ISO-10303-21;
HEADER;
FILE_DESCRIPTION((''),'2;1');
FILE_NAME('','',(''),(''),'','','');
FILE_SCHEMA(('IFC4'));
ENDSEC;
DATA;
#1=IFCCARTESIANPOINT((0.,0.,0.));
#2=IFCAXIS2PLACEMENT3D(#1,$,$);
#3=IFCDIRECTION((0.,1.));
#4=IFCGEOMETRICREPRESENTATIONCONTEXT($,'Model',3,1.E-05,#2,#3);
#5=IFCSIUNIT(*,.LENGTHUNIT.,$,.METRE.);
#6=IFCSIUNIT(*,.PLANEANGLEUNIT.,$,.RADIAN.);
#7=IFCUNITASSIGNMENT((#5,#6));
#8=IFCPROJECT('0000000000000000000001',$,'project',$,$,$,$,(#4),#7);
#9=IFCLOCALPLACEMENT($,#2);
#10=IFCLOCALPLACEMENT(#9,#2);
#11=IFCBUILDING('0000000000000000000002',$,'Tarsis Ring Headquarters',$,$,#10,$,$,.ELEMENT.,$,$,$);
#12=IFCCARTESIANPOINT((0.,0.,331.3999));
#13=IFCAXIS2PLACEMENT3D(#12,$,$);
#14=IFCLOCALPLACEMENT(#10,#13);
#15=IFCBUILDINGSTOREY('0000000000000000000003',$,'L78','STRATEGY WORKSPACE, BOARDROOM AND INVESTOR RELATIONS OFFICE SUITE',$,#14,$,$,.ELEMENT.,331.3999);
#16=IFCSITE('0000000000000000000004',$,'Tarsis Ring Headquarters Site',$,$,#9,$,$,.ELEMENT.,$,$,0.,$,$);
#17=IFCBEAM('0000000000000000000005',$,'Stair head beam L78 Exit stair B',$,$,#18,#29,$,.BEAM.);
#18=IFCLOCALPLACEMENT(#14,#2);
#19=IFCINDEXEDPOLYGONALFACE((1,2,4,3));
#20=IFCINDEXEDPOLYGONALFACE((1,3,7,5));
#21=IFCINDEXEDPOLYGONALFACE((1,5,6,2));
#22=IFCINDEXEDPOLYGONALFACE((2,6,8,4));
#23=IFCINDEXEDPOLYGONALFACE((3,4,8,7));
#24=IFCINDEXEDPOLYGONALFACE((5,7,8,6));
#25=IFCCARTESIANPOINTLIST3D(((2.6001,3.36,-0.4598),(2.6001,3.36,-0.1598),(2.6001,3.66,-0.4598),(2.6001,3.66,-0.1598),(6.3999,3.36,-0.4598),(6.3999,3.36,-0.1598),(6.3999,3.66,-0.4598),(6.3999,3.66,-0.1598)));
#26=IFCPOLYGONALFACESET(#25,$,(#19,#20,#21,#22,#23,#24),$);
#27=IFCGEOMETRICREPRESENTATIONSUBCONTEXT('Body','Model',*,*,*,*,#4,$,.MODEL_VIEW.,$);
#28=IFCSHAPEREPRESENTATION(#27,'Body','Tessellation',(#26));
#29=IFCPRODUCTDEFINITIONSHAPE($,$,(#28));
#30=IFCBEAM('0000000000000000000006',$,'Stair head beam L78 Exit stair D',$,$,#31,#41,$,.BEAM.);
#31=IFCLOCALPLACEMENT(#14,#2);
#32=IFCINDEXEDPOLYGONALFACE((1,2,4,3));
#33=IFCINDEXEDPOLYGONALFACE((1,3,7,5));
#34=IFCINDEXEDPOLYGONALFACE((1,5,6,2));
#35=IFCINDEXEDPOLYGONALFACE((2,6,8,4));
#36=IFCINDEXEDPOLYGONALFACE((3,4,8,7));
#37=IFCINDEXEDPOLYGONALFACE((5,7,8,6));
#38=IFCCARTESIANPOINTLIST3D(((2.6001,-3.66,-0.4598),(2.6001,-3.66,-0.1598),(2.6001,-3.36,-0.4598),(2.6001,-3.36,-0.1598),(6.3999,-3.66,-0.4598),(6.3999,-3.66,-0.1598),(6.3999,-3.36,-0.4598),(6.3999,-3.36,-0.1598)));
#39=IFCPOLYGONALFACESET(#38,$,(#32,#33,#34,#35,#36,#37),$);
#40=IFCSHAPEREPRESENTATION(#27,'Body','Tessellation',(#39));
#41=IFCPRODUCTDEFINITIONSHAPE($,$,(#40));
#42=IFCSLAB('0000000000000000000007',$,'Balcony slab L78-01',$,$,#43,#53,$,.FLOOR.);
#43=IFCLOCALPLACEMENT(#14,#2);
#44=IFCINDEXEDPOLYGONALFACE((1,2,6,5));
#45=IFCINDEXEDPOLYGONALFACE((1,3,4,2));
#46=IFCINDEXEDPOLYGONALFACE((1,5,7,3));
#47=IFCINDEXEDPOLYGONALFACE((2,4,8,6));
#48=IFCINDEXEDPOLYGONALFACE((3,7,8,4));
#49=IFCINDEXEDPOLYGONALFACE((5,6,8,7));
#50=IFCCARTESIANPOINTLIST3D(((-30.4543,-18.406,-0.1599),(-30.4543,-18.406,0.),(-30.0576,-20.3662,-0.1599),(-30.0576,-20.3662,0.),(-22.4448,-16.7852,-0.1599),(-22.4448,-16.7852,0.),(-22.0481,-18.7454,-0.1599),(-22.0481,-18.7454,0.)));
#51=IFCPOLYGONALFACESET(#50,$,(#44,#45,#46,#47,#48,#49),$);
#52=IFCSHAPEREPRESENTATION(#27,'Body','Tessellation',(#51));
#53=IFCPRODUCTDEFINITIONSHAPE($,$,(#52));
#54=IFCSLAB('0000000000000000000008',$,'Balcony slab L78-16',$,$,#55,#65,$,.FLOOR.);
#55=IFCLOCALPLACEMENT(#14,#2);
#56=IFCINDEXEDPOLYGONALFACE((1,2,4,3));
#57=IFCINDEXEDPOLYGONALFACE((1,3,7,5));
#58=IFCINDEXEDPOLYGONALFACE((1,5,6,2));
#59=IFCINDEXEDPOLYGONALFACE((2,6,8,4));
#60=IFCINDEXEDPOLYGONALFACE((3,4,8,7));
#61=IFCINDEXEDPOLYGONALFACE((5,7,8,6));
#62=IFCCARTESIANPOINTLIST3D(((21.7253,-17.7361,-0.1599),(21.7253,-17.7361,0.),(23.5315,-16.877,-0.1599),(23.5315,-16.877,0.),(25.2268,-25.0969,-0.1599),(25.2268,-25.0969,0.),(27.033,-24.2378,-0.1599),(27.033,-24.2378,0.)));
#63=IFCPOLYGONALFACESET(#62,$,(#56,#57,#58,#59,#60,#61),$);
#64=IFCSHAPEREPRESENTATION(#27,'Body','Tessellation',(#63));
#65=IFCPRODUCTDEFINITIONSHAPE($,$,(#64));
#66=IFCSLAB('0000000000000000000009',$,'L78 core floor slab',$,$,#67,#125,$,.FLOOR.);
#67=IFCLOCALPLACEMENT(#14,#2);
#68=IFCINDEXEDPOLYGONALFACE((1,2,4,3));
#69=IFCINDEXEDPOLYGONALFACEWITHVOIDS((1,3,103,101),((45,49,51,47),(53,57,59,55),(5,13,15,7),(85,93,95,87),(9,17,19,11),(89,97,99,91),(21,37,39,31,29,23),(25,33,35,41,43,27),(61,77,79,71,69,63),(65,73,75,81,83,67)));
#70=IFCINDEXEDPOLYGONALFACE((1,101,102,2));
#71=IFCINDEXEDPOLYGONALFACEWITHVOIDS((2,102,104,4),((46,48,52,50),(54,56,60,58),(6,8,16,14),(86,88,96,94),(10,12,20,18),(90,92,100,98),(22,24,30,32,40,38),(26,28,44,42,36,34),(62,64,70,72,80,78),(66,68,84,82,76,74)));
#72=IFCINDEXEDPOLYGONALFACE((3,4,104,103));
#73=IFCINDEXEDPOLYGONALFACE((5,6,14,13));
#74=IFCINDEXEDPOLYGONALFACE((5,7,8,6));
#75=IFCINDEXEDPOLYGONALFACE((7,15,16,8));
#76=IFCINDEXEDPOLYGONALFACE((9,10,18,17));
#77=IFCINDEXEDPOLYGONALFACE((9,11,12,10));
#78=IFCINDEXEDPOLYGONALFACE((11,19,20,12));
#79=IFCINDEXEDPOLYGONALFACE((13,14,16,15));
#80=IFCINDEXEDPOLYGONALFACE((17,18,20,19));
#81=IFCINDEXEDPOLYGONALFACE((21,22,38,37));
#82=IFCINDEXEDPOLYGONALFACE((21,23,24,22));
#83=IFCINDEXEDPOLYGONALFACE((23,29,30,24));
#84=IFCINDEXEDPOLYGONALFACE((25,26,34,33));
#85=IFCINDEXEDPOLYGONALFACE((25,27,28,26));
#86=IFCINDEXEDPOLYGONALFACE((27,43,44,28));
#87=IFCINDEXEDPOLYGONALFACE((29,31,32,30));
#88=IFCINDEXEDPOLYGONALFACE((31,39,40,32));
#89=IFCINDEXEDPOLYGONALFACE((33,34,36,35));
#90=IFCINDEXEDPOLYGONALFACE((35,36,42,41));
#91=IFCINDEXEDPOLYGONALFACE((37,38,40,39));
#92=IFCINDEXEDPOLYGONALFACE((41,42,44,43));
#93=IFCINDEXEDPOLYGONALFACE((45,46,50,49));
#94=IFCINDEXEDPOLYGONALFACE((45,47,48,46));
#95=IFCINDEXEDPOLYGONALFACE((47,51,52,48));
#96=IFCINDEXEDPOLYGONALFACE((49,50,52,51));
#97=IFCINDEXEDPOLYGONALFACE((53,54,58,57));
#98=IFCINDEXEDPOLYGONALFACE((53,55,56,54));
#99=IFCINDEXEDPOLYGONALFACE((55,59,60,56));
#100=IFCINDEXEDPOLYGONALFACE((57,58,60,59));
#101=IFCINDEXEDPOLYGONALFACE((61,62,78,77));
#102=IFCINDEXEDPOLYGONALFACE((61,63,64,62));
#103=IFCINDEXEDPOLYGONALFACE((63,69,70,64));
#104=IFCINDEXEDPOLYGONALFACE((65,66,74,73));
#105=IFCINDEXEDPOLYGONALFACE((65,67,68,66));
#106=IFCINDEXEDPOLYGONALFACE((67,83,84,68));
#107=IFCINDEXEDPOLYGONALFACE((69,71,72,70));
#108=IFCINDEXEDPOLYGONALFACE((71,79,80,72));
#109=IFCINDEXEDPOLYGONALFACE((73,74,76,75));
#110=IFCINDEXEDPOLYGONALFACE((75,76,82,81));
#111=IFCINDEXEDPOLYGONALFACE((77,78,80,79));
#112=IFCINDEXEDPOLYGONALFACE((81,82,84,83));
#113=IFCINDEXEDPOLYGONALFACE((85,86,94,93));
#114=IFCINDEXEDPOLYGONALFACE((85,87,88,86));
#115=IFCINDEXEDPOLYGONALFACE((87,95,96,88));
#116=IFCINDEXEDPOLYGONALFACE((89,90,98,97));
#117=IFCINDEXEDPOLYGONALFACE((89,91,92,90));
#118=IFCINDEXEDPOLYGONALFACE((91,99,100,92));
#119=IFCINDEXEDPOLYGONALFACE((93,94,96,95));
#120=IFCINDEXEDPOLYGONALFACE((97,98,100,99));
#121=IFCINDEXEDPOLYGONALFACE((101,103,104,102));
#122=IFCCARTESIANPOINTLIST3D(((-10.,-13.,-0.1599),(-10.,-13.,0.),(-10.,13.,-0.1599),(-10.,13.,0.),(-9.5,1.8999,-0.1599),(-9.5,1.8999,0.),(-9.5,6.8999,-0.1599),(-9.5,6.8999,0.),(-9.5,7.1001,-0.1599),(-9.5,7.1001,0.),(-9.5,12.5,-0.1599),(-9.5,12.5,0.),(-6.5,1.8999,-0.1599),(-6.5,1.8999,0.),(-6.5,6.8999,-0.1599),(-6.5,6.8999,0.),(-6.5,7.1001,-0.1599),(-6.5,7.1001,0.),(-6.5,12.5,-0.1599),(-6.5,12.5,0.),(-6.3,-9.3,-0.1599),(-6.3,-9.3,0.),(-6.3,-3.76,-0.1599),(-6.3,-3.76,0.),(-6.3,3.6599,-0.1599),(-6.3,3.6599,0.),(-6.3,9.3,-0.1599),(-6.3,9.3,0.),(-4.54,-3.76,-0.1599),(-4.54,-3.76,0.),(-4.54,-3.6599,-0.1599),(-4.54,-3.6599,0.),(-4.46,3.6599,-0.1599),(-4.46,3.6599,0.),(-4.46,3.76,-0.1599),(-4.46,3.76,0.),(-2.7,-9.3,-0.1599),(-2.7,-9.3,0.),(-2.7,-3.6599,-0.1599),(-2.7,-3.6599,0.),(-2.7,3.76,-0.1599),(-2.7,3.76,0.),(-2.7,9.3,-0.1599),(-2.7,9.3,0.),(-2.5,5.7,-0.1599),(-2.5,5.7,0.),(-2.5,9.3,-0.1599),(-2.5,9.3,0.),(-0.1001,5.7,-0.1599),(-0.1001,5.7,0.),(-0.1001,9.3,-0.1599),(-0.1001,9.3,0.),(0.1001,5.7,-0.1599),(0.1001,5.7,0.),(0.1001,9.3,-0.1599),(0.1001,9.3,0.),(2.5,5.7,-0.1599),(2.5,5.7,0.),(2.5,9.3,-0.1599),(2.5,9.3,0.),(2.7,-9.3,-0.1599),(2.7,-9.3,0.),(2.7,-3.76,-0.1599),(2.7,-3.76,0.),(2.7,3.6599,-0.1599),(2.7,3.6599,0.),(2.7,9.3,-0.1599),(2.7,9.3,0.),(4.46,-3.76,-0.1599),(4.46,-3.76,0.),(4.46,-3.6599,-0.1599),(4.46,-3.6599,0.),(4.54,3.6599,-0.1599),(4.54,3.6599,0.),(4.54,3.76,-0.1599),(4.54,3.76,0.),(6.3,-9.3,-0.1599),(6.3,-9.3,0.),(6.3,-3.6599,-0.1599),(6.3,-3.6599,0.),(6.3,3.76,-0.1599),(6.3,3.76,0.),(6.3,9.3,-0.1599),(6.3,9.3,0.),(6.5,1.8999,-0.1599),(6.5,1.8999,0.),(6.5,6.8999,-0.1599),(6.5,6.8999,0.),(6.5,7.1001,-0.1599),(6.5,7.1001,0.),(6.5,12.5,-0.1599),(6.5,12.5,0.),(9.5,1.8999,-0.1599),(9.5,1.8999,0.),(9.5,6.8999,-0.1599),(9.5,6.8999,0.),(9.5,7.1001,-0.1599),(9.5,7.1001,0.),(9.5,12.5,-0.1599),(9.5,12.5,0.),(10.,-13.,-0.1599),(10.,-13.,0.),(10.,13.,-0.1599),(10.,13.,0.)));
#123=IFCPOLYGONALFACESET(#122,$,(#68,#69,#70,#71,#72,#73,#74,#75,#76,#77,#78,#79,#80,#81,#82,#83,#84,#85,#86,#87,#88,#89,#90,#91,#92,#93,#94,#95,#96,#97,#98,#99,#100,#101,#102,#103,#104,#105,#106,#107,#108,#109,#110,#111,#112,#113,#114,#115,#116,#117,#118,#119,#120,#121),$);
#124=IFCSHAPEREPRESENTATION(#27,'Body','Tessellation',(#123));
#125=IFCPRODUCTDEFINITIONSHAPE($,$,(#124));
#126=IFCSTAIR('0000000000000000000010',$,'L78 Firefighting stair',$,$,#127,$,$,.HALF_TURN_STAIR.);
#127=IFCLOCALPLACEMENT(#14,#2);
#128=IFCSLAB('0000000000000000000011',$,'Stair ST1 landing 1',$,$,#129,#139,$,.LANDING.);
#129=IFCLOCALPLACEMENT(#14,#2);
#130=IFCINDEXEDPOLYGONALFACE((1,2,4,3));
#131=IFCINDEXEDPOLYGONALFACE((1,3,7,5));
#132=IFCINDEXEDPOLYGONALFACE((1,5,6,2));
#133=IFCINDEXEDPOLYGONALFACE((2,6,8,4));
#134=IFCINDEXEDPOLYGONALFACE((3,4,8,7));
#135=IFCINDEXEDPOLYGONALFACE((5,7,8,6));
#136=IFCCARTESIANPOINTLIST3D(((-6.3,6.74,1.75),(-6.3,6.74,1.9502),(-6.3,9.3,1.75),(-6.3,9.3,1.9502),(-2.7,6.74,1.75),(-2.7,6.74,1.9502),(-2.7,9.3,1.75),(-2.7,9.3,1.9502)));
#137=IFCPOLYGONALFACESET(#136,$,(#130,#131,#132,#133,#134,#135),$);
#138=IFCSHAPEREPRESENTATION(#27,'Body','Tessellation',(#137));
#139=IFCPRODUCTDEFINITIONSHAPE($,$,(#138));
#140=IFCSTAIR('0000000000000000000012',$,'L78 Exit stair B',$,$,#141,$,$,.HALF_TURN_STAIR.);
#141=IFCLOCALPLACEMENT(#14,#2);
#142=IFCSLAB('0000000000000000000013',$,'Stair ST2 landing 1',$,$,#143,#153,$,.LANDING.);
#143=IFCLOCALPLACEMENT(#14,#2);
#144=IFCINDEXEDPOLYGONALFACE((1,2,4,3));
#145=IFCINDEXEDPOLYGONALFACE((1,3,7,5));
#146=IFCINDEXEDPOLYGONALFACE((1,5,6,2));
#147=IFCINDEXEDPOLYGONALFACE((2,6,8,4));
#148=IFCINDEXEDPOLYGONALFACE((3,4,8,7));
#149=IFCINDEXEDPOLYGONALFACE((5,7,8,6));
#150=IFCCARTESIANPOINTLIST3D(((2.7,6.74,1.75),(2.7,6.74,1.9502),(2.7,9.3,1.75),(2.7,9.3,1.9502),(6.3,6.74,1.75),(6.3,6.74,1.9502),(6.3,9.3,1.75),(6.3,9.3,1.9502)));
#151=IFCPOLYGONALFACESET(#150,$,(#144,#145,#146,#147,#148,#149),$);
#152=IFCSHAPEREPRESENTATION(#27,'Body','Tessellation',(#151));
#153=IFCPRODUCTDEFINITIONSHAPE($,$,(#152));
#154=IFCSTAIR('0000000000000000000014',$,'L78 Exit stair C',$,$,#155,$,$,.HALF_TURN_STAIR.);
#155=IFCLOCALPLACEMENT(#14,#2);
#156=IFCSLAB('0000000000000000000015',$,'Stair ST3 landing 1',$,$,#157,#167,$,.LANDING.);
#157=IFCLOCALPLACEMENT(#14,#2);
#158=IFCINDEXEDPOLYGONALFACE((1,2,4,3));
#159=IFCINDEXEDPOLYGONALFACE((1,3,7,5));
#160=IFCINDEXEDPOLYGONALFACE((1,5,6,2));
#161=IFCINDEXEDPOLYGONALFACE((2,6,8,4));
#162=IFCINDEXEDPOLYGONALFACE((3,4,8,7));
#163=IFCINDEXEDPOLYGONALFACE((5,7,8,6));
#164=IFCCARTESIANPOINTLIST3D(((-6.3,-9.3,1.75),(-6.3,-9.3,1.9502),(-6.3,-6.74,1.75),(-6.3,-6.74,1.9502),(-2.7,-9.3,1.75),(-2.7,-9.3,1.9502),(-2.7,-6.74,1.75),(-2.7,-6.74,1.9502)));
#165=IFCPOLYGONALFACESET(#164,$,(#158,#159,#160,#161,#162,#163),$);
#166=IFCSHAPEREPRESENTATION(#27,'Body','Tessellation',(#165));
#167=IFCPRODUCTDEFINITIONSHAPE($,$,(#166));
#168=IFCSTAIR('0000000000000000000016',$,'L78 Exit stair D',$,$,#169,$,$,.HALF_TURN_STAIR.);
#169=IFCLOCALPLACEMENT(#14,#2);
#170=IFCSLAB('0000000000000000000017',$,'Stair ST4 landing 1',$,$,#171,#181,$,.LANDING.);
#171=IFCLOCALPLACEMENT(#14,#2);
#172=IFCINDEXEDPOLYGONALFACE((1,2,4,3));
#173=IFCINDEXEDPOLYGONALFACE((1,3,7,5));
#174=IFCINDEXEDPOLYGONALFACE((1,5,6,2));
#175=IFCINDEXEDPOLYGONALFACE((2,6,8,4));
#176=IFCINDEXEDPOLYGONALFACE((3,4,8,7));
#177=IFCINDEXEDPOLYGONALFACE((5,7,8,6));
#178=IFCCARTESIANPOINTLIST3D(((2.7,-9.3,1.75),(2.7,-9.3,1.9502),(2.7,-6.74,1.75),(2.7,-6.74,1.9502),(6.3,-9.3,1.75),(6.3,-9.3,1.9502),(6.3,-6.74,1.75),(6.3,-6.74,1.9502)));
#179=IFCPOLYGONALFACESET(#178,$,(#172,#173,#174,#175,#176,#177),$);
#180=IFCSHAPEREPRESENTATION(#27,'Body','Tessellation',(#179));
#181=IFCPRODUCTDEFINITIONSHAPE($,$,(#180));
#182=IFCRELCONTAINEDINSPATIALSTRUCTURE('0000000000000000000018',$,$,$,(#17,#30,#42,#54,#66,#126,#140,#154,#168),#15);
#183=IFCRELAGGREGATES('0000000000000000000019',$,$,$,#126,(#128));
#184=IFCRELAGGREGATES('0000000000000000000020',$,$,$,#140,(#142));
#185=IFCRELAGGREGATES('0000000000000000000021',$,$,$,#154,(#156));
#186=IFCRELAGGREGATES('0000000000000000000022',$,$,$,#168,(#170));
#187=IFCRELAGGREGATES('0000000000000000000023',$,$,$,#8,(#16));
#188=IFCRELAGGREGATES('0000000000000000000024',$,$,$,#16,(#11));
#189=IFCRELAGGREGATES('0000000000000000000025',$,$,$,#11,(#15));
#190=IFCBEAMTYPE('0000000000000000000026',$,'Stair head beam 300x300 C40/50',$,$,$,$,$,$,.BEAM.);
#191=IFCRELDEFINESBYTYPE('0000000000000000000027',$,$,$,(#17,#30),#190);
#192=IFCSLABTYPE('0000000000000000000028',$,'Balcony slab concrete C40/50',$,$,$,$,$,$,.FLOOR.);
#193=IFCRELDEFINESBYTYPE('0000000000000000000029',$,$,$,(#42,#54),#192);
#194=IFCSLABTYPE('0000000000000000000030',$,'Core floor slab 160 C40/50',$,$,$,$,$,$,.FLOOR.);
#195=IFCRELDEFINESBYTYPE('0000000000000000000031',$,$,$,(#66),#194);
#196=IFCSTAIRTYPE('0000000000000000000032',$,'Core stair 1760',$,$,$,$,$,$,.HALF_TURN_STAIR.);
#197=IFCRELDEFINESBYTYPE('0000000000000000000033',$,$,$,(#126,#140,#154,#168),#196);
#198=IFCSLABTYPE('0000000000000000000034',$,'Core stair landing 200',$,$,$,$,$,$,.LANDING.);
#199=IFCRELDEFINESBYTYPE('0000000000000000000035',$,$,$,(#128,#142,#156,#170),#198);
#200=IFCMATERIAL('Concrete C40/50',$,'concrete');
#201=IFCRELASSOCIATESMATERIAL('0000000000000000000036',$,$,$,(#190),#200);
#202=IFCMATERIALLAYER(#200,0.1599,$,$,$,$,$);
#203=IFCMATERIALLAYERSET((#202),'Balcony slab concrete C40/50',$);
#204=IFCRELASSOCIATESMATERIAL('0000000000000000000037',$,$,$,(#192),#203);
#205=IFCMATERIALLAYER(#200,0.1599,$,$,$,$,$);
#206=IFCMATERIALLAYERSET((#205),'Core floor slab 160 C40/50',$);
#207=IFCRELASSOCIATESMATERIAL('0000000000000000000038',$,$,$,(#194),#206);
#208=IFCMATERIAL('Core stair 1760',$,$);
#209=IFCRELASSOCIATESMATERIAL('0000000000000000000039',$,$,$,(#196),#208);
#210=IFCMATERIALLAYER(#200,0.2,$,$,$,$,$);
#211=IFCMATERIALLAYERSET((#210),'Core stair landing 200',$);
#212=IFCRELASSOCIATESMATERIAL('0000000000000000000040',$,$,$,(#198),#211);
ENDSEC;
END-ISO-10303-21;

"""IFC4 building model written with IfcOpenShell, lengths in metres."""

from ifc_helpers import new_model, si_unit, direction, frame, origin, origin_2d, place, context, subcontext, project, spatial, polyline, rectangle, outline, extrude, material, layer, layer_set, material_profile, profile_set, type_object, element, aggregate, save


model = new_model("IFC4")

# Units and contexts
model_context = context("Model", 3, precision=1e-05, world=origin(), true_north=direction((0.0, 1.0)))
body_context = subcontext(model_context, "Body", "Model", "MODEL_VIEW")
ifc_project = project(units=[si_unit("LENGTHUNIT", "METRE"), si_unit("PLANEANGLEUNIT", "RADIAN")], contexts=[model_context])

# Site, building, storey
site_placement = place(None, origin())
site = spatial("IfcSite", under=ifc_project, at=site_placement, Name="Tarsis Ring Headquarters Site", CompositionType="ELEMENT", RefElevation=0.0)
building_placement = place(site_placement, origin())
building = spatial("IfcBuilding", under=site, at=building_placement, Name="Tarsis Ring Headquarters", CompositionType="ELEMENT")
storey_placement = place(building_placement, frame((0.0, 0.0, 331.3999)))
storey = spatial("IfcBuildingStorey", under=building, at=storey_placement, Name="L78", Description="STRATEGY WORKSPACE, BOARDROOM AND INVESTOR RELATIONS OFFICE SUITE", CompositionType="ELEMENT", Elevation=331.3999)

# Beams
ifc_material_1 = material(Name="Concrete C40/50", Category="concrete")
ifc_material_profile = material_profile(ifc_material_1, rectangle(XDim=0.3, YDim=0.3, at=origin_2d()), Name="Stair head beam 300x300 C40/50")
ifc_profile_set = profile_set([ifc_material_profile], Name="Concrete C40/50")
beam_type = type_object("IfcBeamType", Name="Stair head beam 300x300 C40/50", PredefinedType="BEAM", material=ifc_profile_set)
for number, where, z_axis, x_axis, name in (
    (1, (2.6001, 3.51, -0.3098), (1.0, 0.0, 0.0), (0.0, 1.0, 0.0), "Stair head beam L78 Exit stair B"),
    (2, (2.6001, -3.51, -0.3098), (1.0, 0.0, 0.0), (0.0, 1.0, 0.0), "Stair head beam L78 Exit stair D"),
):
    element("IfcBeam", number, at=place(storey_placement, frame(where, z_axis=z_axis, x_axis=x_axis)), inside=storey, type_object=beam_type, Name=name, PredefinedType="BEAM", context=body_context, shape_type="SweptSolid", body=[
        extrude(rectangle(XDim=0.3, YDim=0.3, at=origin_2d()), origin(), (0.0, 0.0, 1.0), 3.7998),
    ])

# Slabs
ifc_layer_1 = layer(ifc_material_1, 0.1599)
ifc_layer_set_1 = layer_set([ifc_layer_1], Name="Balcony slab concrete C40/50")
slab_type_1 = type_object("IfcSlabType", Name="Balcony slab concrete C40/50", PredefinedType="FLOOR", material=ifc_layer_set_1)
slab_1_placement = place(storey_placement, frame((0.0, 0.0, -0.1599)))
element("IfcSlab", 3, at=slab_1_placement, inside=storey, type_object=slab_type_1, Name="Balcony slab L78-01", PredefinedType="FLOOR", context=body_context, shape_type="SweptSolid", body=[
    extrude(outline(polyline([(-30.4543, -18.406), (-30.0576, -20.3662), (-22.0481, -18.7454), (-22.4448, -16.7852), (-30.4543, -18.406)])), origin(), (0.0, 0.0, 1.0), 0.1599),
])
slab_2_placement = place(storey_placement, frame((0.0, 0.0, -0.1599)))
element("IfcSlab", 4, at=slab_2_placement, inside=storey, type_object=slab_type_1, Name="Balcony slab L78-16", PredefinedType="FLOOR", context=body_context, shape_type="SweptSolid", body=[
    extrude(outline(polyline([(25.2268, -25.0969), (27.033, -24.2378), (23.5315, -16.877), (21.7253, -17.7361), (25.2268, -25.0969)])), origin(), (0.0, 0.0, 1.0), 0.1599),
])
ifc_layer_2 = layer(ifc_material_1, 0.1599)
ifc_layer_set_2 = layer_set([ifc_layer_2], Name="Core floor slab 160 C40/50")
slab_type_2 = type_object("IfcSlabType", Name="Core floor slab 160 C40/50", PredefinedType="FLOOR", material=ifc_layer_set_2)
slab_3_placement = place(storey_placement, frame((0.0, 0.0, -0.1599)))
element("IfcSlab", 5, at=slab_3_placement, inside=storey, type_object=slab_type_2, Name="L78 core floor slab", PredefinedType="FLOOR", context=body_context, shape_type="SweptSolid", body=[
    extrude(outline(polyline([(-10.0, -13.0), (10.0, -13.0), (10.0, 13.0), (-10.0, 13.0), (-10.0, -13.0)]), holes=[polyline([(-2.5, 5.7), (-0.1001, 5.7), (-0.1001, 9.3), (-2.5, 9.3), (-2.5, 5.7)]), polyline([(0.1001, 5.7), (2.5, 5.7), (2.5, 9.3), (0.1001, 9.3), (0.1001, 5.7)]), polyline([(-9.5, 1.8999), (-6.5, 1.8999), (-6.5, 6.8999), (-9.5, 6.8999), (-9.5, 1.8999)]), polyline([(-9.5, 7.1001), (-6.5, 7.1001), (-6.5, 12.5), (-9.5, 12.5), (-9.5, 7.1001)]), polyline([(6.5, 1.8999), (9.5, 1.8999), (9.5, 6.8999), (6.5, 6.8999), (6.5, 1.8999)]), polyline([(6.5, 7.1001), (9.5, 7.1001), (9.5, 12.5), (6.5, 12.5), (6.5, 7.1001)]), polyline([(-2.7, 3.76), (-2.7, 9.3), (-6.3, 9.3), (-6.3, 3.6599), (-4.46, 3.6599), (-4.46, 3.76), (-2.7, 3.76)]), polyline([(6.3, 3.76), (6.3, 9.3), (2.7, 9.3), (2.7, 3.6599), (4.54, 3.6599), (4.54, 3.76), (6.3, 3.76)]), polyline([(-6.3, -3.76), (-6.3, -9.3), (-2.7, -9.3), (-2.7, -3.6599), (-4.54, -3.6599), (-4.54, -3.76), (-6.3, -3.76)]), polyline([(2.7, -3.76), (2.7, -9.3), (6.3, -9.3), (6.3, -3.6599), (4.46, -3.6599), (4.46, -3.76), (2.7, -3.76)])]), origin(), (0.0, 0.0, 1.0), 0.1599),
])

# Stairs, slabs
ifc_material_2 = material(Name="Core stair 1760")
stair_type = type_object("IfcStairType", Name="Core stair 1760", PredefinedType="HALF_TURN_STAIR", material=ifc_material_2)
stair_1_placement = place(storey_placement, origin())
stair_1 = element("IfcStair", 6, at=stair_1_placement, inside=storey, type_object=stair_type, Name="L78 Firefighting stair", PredefinedType="HALF_TURN_STAIR")
ifc_layer_3 = layer(ifc_material_1, 0.2)
ifc_layer_set_3 = layer_set([ifc_layer_3], Name="Core stair landing 200")
slab_type_3 = type_object("IfcSlabType", Name="Core stair landing 200", PredefinedType="LANDING", material=ifc_layer_set_3)
slab_4_placement = place(storey_placement, frame((0.0, 0.0, 1.75)))
slab_4 = element("IfcSlab", 7, at=slab_4_placement, type_object=slab_type_3, Name="Stair ST1 landing 1", PredefinedType="LANDING", context=body_context, shape_type="SweptSolid", body=[
    extrude(outline(polyline([(-2.7, 6.74), (-2.7, 9.3), (-6.3, 9.3), (-6.3, 6.74), (-2.7, 6.74)])), origin(), (0.0, 0.0, 1.0), 0.2002),
])
aggregate(stair_1, [slab_4])
stair_2_placement = place(storey_placement, origin())
stair_2 = element("IfcStair", 8, at=stair_2_placement, inside=storey, type_object=stair_type, Name="L78 Exit stair B", PredefinedType="HALF_TURN_STAIR")
slab_5_placement = place(storey_placement, frame((0.0, 0.0, 1.75)))
slab_5 = element("IfcSlab", 9, at=slab_5_placement, type_object=slab_type_3, Name="Stair ST2 landing 1", PredefinedType="LANDING", context=body_context, shape_type="SweptSolid", body=[
    extrude(outline(polyline([(6.3, 6.74), (6.3, 9.3), (2.7, 9.3), (2.7, 6.74), (6.3, 6.74)])), origin(), (0.0, 0.0, 1.0), 0.2002),
])
aggregate(stair_2, [slab_5])
stair_3_placement = place(storey_placement, origin())
stair_3 = element("IfcStair", 10, at=stair_3_placement, inside=storey, type_object=stair_type, Name="L78 Exit stair C", PredefinedType="HALF_TURN_STAIR")
slab_6_placement = place(storey_placement, frame((0.0, 0.0, 1.75)))
slab_6 = element("IfcSlab", 11, at=slab_6_placement, type_object=slab_type_3, Name="Stair ST3 landing 1", PredefinedType="LANDING", context=body_context, shape_type="SweptSolid", body=[
    extrude(outline(polyline([(-6.3, -6.74), (-6.3, -9.3), (-2.7, -9.3), (-2.7, -6.74), (-6.3, -6.74)])), origin(), (0.0, 0.0, 1.0), 0.2002),
])
aggregate(stair_3, [slab_6])
stair_4_placement = place(storey_placement, origin())
stair_4 = element("IfcStair", 12, at=stair_4_placement, inside=storey, type_object=stair_type, Name="L78 Exit stair D", PredefinedType="HALF_TURN_STAIR")
slab_7_placement = place(storey_placement, frame((0.0, 0.0, 1.75)))
slab_7 = element("IfcSlab", 13, at=slab_7_placement, type_object=slab_type_3, Name="Stair ST4 landing 1", PredefinedType="LANDING", context=body_context, shape_type="SweptSolid", body=[
    extrude(outline(polyline([(2.7, -6.74), (2.7, -9.3), (6.3, -9.3), (6.3, -6.74), (2.7, -6.74)])), origin(), (0.0, 0.0, 1.0), 0.2002),
])
aggregate(stair_4, [slab_7])

save(model, "model.ifc")
